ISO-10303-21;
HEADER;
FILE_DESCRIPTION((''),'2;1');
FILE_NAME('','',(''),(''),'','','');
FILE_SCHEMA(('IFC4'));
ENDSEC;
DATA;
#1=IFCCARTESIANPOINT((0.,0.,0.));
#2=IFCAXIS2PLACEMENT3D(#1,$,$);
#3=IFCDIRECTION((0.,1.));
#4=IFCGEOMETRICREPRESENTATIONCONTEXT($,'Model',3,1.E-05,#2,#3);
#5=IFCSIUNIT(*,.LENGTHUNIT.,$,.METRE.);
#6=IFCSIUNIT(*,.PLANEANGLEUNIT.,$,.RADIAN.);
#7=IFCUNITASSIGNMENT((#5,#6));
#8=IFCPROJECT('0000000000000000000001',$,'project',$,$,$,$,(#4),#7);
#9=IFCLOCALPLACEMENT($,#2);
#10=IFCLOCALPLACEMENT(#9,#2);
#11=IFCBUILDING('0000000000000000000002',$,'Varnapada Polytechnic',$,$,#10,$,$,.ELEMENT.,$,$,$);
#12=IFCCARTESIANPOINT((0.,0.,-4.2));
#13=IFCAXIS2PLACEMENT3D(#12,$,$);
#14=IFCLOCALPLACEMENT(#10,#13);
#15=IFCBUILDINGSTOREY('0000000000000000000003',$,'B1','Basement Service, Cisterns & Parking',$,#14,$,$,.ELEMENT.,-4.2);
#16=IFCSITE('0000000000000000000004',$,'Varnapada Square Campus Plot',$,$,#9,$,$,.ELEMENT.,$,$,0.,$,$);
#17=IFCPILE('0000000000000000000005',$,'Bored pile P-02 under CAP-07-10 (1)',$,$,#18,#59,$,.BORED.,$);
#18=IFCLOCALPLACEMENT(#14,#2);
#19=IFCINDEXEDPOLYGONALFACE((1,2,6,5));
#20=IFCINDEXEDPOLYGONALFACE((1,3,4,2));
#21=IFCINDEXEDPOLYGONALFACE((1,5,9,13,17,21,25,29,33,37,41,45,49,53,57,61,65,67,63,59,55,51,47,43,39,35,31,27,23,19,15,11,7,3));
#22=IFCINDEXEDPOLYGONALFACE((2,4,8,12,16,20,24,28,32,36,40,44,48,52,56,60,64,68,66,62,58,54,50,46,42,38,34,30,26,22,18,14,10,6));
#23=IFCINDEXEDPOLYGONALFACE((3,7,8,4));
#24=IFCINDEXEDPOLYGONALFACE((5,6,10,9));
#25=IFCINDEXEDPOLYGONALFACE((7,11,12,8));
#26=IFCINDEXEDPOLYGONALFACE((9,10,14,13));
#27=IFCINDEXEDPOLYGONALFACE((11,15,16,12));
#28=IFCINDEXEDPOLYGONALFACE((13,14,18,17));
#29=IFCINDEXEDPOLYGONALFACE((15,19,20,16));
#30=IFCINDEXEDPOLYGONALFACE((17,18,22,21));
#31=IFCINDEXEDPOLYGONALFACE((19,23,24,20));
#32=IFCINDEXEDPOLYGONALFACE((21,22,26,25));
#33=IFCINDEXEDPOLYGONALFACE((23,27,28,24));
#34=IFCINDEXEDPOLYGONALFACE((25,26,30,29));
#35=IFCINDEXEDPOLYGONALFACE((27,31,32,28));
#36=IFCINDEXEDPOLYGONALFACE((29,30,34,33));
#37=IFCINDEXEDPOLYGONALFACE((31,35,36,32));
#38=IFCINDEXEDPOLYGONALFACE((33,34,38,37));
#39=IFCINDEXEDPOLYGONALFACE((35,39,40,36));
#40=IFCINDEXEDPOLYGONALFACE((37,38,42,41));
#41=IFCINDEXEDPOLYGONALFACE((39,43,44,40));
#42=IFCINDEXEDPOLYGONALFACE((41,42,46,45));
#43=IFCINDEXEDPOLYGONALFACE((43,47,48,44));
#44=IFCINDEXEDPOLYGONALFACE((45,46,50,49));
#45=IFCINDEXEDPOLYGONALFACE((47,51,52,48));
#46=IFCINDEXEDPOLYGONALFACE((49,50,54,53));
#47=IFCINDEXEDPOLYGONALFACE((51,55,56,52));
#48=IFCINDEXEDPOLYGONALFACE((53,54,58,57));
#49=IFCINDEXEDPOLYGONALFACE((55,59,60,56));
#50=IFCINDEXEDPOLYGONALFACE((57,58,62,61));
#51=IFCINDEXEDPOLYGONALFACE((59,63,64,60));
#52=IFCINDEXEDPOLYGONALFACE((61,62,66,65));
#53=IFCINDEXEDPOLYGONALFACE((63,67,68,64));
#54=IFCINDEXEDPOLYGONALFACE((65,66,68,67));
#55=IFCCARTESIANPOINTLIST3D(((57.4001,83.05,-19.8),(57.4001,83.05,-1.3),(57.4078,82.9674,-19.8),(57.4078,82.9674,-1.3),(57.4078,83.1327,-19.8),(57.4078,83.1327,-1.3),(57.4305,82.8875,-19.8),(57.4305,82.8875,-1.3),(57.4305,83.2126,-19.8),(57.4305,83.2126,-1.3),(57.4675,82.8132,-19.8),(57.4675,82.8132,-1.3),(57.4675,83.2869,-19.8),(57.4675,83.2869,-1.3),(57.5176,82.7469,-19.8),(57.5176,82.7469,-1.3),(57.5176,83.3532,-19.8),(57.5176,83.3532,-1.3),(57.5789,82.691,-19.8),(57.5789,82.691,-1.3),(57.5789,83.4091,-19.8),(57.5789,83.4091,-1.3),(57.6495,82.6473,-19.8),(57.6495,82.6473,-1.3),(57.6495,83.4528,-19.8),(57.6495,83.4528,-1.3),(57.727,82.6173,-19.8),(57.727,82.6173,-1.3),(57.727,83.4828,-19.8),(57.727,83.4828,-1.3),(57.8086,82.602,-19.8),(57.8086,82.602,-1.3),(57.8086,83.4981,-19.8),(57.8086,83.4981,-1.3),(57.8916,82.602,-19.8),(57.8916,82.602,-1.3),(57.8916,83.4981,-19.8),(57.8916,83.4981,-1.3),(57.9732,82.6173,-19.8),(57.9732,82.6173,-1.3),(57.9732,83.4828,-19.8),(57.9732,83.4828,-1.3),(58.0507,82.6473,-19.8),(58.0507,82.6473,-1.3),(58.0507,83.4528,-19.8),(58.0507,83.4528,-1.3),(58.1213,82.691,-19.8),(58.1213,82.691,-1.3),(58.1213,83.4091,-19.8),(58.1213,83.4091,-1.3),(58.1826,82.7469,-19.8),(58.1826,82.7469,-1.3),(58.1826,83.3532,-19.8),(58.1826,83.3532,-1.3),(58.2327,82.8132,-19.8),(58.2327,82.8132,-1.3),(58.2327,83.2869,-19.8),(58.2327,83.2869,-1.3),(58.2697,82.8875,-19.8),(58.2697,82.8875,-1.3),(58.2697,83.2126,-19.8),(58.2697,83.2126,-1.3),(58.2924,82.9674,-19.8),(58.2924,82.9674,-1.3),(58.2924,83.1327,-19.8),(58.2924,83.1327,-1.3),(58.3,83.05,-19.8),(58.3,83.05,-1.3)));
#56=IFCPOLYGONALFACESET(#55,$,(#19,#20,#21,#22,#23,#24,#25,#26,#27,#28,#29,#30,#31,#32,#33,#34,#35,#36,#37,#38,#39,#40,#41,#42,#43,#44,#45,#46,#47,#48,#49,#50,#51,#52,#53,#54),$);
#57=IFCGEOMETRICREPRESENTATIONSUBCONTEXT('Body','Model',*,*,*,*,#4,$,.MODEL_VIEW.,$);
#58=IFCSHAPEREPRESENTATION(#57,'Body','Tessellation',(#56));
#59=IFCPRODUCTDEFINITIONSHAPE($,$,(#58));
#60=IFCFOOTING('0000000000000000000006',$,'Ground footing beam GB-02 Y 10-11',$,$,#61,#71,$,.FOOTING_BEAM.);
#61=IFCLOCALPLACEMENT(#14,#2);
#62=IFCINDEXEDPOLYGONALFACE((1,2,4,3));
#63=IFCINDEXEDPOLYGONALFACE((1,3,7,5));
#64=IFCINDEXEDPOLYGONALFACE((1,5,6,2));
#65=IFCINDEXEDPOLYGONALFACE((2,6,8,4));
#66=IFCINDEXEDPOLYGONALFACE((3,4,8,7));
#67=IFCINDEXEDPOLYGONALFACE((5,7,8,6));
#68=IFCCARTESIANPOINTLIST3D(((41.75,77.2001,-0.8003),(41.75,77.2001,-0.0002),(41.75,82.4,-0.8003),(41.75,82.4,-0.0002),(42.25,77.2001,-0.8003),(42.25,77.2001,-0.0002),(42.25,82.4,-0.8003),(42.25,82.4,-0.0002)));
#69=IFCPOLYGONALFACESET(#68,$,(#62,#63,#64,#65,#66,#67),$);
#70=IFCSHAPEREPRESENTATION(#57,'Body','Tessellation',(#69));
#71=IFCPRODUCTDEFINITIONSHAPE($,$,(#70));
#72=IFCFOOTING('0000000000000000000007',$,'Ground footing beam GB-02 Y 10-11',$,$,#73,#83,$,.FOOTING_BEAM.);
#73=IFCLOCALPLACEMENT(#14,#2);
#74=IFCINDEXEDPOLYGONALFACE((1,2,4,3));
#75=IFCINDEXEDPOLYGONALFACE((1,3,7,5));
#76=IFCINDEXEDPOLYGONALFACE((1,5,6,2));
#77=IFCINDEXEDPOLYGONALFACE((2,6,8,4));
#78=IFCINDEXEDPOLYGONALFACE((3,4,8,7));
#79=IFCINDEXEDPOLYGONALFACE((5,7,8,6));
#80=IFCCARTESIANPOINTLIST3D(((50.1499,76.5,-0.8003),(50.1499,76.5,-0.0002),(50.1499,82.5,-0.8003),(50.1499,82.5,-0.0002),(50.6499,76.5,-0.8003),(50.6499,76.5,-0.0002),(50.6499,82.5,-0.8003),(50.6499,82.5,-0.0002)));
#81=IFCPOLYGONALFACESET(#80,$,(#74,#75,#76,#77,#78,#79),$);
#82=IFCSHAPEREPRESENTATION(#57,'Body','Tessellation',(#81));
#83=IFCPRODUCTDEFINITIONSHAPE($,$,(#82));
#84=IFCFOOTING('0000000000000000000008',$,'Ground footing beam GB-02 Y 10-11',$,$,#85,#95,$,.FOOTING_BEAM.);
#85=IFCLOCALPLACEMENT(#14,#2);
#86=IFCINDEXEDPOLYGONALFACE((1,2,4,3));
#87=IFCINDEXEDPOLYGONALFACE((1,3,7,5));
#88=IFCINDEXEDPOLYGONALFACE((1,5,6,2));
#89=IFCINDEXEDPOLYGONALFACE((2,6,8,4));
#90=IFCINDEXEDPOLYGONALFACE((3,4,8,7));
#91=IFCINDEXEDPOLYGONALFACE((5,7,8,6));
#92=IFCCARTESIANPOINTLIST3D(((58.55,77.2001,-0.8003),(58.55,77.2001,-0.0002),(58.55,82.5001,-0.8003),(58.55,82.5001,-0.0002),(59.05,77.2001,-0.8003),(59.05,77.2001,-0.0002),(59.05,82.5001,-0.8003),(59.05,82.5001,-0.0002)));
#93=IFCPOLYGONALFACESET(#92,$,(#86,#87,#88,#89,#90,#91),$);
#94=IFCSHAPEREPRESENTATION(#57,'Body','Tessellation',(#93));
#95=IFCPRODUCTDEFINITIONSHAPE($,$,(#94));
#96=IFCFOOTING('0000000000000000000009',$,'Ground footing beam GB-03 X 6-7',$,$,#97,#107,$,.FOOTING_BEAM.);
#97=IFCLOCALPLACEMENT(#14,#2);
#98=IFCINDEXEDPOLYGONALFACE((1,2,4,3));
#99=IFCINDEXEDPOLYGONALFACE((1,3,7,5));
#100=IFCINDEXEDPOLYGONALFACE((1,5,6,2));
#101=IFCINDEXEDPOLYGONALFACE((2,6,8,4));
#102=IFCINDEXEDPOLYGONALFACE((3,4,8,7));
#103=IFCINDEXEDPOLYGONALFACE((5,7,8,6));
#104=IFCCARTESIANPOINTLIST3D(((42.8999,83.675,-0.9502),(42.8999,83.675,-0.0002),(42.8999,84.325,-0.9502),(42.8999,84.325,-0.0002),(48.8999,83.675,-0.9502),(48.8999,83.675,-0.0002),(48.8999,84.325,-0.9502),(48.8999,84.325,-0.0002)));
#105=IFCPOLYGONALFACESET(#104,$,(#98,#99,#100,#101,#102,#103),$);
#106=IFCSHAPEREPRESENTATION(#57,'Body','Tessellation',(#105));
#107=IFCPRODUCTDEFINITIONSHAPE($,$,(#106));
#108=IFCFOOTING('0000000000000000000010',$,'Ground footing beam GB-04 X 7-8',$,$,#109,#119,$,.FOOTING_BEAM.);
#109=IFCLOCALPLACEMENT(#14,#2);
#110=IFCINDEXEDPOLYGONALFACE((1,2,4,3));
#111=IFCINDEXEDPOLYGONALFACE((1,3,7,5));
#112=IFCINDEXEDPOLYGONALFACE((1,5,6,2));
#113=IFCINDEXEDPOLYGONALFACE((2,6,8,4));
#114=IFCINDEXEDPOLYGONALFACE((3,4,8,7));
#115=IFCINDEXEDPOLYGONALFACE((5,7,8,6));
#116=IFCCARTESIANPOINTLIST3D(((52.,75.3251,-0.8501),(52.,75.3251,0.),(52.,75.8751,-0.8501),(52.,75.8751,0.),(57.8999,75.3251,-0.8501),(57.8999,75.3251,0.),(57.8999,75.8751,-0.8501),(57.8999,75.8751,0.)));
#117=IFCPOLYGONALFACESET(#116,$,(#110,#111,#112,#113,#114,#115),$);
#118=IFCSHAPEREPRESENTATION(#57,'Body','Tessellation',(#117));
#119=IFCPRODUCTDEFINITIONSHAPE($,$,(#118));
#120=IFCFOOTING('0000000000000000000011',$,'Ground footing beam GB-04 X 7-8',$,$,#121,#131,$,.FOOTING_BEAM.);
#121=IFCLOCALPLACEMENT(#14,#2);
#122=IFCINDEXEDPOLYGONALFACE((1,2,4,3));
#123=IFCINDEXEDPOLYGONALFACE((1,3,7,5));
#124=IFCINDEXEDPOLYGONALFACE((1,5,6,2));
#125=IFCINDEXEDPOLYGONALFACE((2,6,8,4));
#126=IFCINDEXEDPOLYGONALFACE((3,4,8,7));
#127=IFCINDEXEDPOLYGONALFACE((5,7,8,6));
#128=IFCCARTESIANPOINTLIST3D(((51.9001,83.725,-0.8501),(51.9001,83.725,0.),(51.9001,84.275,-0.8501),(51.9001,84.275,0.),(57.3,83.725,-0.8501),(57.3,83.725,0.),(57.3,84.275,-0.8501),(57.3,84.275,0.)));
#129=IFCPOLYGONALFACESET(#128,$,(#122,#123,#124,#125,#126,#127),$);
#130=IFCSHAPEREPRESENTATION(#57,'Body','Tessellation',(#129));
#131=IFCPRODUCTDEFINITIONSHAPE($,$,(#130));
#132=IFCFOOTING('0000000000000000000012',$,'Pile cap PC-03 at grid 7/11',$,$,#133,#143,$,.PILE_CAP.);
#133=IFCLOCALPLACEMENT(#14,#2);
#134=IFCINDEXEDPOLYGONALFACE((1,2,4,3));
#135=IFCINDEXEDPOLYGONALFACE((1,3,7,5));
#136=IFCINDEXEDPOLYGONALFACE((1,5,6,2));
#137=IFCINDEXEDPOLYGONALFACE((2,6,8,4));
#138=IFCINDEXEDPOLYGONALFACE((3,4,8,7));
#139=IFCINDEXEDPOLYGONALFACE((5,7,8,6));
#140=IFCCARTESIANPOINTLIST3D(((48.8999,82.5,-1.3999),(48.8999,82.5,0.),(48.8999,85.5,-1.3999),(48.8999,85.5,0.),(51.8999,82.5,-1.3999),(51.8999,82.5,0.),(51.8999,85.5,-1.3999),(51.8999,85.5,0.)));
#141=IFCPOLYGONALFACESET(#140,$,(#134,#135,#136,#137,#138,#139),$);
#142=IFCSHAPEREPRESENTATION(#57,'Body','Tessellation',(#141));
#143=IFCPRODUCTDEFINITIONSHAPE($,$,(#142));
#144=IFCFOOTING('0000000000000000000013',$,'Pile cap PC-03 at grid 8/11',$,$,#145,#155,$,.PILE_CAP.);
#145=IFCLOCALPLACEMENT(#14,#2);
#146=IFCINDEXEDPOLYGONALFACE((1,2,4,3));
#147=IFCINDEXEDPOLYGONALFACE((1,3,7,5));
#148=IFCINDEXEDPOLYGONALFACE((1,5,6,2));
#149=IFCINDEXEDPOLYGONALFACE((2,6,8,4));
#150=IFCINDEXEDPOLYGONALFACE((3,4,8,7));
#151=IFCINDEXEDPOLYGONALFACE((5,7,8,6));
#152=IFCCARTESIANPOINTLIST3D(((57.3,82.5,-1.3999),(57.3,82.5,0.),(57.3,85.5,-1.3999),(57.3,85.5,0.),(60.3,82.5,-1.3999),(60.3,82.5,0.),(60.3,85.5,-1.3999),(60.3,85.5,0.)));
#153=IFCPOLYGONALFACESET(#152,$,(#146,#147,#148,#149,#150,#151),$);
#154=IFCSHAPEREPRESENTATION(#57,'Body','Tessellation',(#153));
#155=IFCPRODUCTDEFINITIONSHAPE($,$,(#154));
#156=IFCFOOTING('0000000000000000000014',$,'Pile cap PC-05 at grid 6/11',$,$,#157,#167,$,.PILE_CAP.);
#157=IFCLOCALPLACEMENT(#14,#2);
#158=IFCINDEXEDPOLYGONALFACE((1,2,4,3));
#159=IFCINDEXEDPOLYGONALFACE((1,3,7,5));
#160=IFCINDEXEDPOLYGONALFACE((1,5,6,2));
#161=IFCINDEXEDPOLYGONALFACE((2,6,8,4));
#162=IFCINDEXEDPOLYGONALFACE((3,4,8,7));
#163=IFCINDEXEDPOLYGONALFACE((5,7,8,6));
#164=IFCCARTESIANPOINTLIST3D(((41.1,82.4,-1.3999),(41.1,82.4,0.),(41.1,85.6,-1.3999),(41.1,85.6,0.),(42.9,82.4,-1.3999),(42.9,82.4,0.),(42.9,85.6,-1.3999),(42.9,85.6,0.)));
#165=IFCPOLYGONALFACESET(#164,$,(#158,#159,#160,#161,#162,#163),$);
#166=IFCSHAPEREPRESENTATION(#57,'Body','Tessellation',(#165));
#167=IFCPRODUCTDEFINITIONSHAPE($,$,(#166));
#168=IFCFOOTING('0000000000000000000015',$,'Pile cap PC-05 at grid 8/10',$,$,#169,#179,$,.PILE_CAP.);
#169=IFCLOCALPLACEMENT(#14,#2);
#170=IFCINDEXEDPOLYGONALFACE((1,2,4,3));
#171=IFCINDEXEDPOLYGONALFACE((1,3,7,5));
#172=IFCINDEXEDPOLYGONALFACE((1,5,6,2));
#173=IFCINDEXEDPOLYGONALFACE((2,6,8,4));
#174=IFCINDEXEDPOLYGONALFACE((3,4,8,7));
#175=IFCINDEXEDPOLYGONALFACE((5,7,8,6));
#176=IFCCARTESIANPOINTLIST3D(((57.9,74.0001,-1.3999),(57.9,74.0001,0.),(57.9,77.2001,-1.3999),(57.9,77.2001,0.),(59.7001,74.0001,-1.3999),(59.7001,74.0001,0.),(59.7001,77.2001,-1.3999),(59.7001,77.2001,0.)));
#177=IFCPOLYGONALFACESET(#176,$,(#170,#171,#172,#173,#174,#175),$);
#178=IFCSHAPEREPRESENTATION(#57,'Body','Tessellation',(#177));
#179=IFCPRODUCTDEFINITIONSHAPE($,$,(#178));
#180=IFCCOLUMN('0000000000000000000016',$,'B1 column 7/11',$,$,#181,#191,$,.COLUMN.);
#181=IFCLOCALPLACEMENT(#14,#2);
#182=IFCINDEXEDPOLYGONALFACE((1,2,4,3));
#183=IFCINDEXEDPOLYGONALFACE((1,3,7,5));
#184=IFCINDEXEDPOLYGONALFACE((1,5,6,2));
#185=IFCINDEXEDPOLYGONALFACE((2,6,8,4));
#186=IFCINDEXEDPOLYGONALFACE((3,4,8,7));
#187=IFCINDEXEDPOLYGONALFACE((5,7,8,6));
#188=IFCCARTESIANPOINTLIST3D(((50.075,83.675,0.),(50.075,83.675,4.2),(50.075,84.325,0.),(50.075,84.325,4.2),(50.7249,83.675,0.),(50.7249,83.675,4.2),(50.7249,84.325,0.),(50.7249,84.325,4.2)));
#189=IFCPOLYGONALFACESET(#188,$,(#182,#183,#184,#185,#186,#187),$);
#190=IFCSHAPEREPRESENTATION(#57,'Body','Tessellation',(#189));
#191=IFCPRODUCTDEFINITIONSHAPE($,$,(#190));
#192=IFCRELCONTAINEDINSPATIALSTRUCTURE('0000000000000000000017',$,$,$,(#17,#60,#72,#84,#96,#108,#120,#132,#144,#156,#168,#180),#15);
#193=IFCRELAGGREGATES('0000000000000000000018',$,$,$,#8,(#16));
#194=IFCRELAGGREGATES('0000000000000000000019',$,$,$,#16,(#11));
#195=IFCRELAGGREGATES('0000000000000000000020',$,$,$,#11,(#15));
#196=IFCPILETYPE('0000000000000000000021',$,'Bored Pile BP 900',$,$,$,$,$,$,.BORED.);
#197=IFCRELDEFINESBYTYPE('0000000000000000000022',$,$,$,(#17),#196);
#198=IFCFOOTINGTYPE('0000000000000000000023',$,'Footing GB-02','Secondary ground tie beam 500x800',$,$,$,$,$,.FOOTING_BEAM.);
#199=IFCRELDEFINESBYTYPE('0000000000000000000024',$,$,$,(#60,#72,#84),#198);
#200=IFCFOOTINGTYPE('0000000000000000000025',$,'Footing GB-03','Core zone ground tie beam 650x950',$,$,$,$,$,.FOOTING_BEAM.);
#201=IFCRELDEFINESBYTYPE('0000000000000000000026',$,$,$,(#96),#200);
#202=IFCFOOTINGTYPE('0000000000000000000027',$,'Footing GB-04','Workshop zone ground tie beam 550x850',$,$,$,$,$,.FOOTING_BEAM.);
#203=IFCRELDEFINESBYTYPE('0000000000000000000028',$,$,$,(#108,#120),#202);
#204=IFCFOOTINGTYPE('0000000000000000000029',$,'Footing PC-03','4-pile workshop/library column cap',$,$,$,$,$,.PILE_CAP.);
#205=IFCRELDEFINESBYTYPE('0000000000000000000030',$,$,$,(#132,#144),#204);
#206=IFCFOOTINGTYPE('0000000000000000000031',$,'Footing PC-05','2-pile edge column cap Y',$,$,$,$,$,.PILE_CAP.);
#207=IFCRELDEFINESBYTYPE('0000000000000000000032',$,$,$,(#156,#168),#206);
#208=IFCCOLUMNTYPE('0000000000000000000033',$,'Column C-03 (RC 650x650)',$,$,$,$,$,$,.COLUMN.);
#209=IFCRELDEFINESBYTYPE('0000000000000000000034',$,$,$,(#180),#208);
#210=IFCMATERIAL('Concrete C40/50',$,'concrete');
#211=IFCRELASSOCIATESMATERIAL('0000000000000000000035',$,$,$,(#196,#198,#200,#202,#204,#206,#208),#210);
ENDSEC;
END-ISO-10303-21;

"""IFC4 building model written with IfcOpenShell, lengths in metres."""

from ifc_helpers import new_model, si_unit, direction, frame, origin, origin_2d, place, context, subcontext, project, spatial, rectangle, circle, extrude, material, material_profile, profile_set, type_object, element, save


model = new_model("IFC4")

# Units and contexts
model_context = context("Model", 3, precision=1e-05, world=origin(), true_north=direction((0.0, 1.0)))
body_context = subcontext(model_context, "Body", "Model", "MODEL_VIEW")
ifc_project = project(units=[si_unit("LENGTHUNIT", "METRE"), si_unit("PLANEANGLEUNIT", "RADIAN")], contexts=[model_context])

# Site, building, storey
site_placement = place(None, origin())
site = spatial("IfcSite", under=ifc_project, at=site_placement, Name="Varnapada Square Campus Plot", CompositionType="ELEMENT", RefElevation=0.0)
building_placement = place(site_placement, origin())
building = spatial("IfcBuilding", under=site, at=building_placement, Name="Varnapada Polytechnic", CompositionType="ELEMENT")
storey_placement = place(building_placement, frame((0.0, 0.0, -4.2)))
storey = spatial("IfcBuildingStorey", under=building, at=storey_placement, Name="B1", Description="Basement Service, Cisterns & Parking", CompositionType="ELEMENT", Elevation=-4.2)

# Pile
ifc_material = material(Name="Concrete C40/50", Category="concrete")
ifc_material_profile_1 = material_profile(ifc_material, circle(Radius=0.45, at=origin_2d()), Name="BP 900")
ifc_profile_set_1 = profile_set([ifc_material_profile_1], Name="Concrete C40/50")
pile_type_1 = type_object("IfcPileType", Name="Bored Pile BP 900", PredefinedType="BORED", material=ifc_profile_set_1)
for number, where, z_axis, x_axis, name in (
    (1, (57.8501, 83.05, -1.3), (0.0, 0.0, -1.0), (1.0, 0.0, 0.0), "Bored pile P-02 under CAP-07-10 (1)"),
):
    element("IfcPile", number, at=place(storey_placement, frame(where, z_axis=z_axis, x_axis=x_axis)), inside=storey, type_object=pile_type_1, Name=name, PredefinedType="BORED", context=body_context, shape_type="SweptSolid", body=[
        extrude(circle(Radius=0.45, at=origin_2d()), origin(), (0.0, 0.0, 1.0), 18.5),
    ])

# Footings
footing_type_1 = type_object("IfcFootingType", Name="Footing GB-02", Description="Secondary ground tie beam 500x800", PredefinedType="FOOTING_BEAM", material=ifc_material)
footing_1_placement = place(storey_placement, frame((42.0, 79.8, -0.8003), z_axis=(0.0, 0.0, 1.0), x_axis=(0.0, 1.0, 0.0)))
element("IfcFooting", 2, at=footing_1_placement, inside=storey, type_object=footing_type_1, Name="Ground footing beam GB-02 Y 10-11", PredefinedType="FOOTING_BEAM", context=body_context, shape_type="SweptSolid", body=[
    extrude(rectangle(XDim=5.2, YDim=0.5, at=origin_2d()), origin(), (0.0, 0.0, 1.0), 0.8),
])
footing_2_placement = place(storey_placement, frame((50.3999, 79.5, -0.8003), z_axis=(0.0, 0.0, 1.0), x_axis=(0.0, 1.0, 0.0)))
element("IfcFooting", 3, at=footing_2_placement, inside=storey, type_object=footing_type_1, Name="Ground footing beam GB-02 Y 10-11", PredefinedType="FOOTING_BEAM", context=body_context, shape_type="SweptSolid", body=[
    extrude(rectangle(XDim=6.0, YDim=0.5, at=origin_2d()), origin(), (0.0, 0.0, 1.0), 0.8),
])
footing_3_placement = place(storey_placement, frame((58.8, 79.8501, -0.8003), z_axis=(0.0, 0.0, 1.0), x_axis=(0.0, 1.0, 0.0)))
element("IfcFooting", 4, at=footing_3_placement, inside=storey, type_object=footing_type_1, Name="Ground footing beam GB-02 Y 10-11", PredefinedType="FOOTING_BEAM", context=body_context, shape_type="SweptSolid", body=[
    extrude(rectangle(XDim=5.3, YDim=0.5, at=origin_2d()), origin(), (0.0, 0.0, 1.0), 0.8),
])
footing_type_2 = type_object("IfcFootingType", Name="Footing GB-03", Description="Core zone ground tie beam 650x950", PredefinedType="FOOTING_BEAM", material=ifc_material)
footing_4_placement = place(storey_placement, frame((45.8999, 84.0, -0.9502), z_axis=(0.0, 0.0, 1.0), x_axis=(1.0, 0.0, 0.0)))
element("IfcFooting", 5, at=footing_4_placement, inside=storey, type_object=footing_type_2, Name="Ground footing beam GB-03 X 6-7", PredefinedType="FOOTING_BEAM", context=body_context, shape_type="SweptSolid", body=[
    extrude(rectangle(XDim=6.0, YDim=0.6499, at=origin_2d()), origin(), (0.0, 0.0, 1.0), 0.95),
])
footing_type_3 = type_object("IfcFootingType", Name="Footing GB-04", Description="Workshop zone ground tie beam 550x850", PredefinedType="FOOTING_BEAM", material=ifc_material)
footing_5_placement = place(storey_placement, frame((54.95, 75.6001, -0.8501), z_axis=(0.0, 0.0, 1.0), x_axis=(1.0, 0.0, 0.0)))
element("IfcFooting", 6, at=footing_5_placement, inside=storey, type_object=footing_type_3, Name="Ground footing beam GB-04 X 7-8", PredefinedType="FOOTING_BEAM", context=body_context, shape_type="SweptSolid", body=[
    extrude(rectangle(XDim=5.8999, YDim=0.55, at=origin_2d()), origin(), (0.0, 0.0, 1.0), 0.8501),
])
footing_6_placement = place(storey_placement, frame((54.6001, 84.0, -0.8501), z_axis=(0.0, 0.0, 1.0), x_axis=(1.0, 0.0, 0.0)))
element("IfcFooting", 7, at=footing_6_placement, inside=storey, type_object=footing_type_3, Name="Ground footing beam GB-04 X 7-8", PredefinedType="FOOTING_BEAM", context=body_context, shape_type="SweptSolid", body=[
    extrude(rectangle(XDim=5.3999, YDim=0.55, at=origin_2d()), origin(), (0.0, 0.0, 1.0), 0.8501),
])
footing_type_4 = type_object("IfcFootingType", Name="Footing PC-03", Description="4-pile workshop/library column cap", PredefinedType="PILE_CAP", material=ifc_material)
for number, where, z_axis, x_axis, name in (
    (8, (50.3999, 84.0, -1.3999), (0.0, 0.0, 1.0), (1.0, 0.0, 0.0), "Pile cap PC-03 at grid 7/11"),
    (9, (58.8, 84.0, -1.3999), (0.0, 0.0, 1.0), (1.0, 0.0, 0.0), "Pile cap PC-03 at grid 8/11"),
):
    element("IfcFooting", number, at=place(storey_placement, frame(where, z_axis=z_axis, x_axis=x_axis)), inside=storey, type_object=footing_type_4, Name=name, PredefinedType="PILE_CAP", context=body_context, shape_type="SweptSolid", body=[
        extrude(rectangle(XDim=3.0, YDim=3.0, at=origin_2d()), origin(), (0.0, 0.0, 1.0), 1.3999),
    ])
footing_type_5 = type_object("IfcFootingType", Name="Footing PC-05", Description="2-pile edge column cap Y", PredefinedType="PILE_CAP", material=ifc_material)
for number, where, z_axis, x_axis, name in (
    (10, (42.0, 84.0, -1.3999), (0.0, 0.0, 1.0), (1.0, 0.0, 0.0), "Pile cap PC-05 at grid 6/11"),
    (11, (58.8, 75.6001, -1.3999), (0.0, 0.0, 1.0), (1.0, 0.0, 0.0), "Pile cap PC-05 at grid 8/10"),
):
    element("IfcFooting", number, at=place(storey_placement, frame(where, z_axis=z_axis, x_axis=x_axis)), inside=storey, type_object=footing_type_5, Name=name, PredefinedType="PILE_CAP", context=body_context, shape_type="SweptSolid", body=[
        extrude(rectangle(XDim=1.8, YDim=3.2, at=origin_2d()), origin(), (0.0, 0.0, 1.0), 1.3999),
    ])

# Column
ifc_material_profile_2 = material_profile(ifc_material, rectangle(XDim=0.6499, YDim=0.6499, at=origin_2d()), Name="RC 650x650")
ifc_profile_set_2 = profile_set([ifc_material_profile_2], Name="Concrete C40/50")
column_type_1 = type_object("IfcColumnType", Name="Column C-03 (RC 650x650)", PredefinedType="COLUMN", material=ifc_profile_set_2)
for number, where, z_axis, x_axis, name in (
    (12, (50.3999, 84.0, 0.0), (0.0, 0.0, 1.0), (1.0, 0.0, 0.0), "B1 column 7/11"),
):
    element("IfcColumn", number, at=place(storey_placement, frame(where, z_axis=z_axis, x_axis=x_axis)), inside=storey, type_object=column_type_1, Name=name, PredefinedType="COLUMN", context=body_context, shape_type="SweptSolid", body=[
        extrude(rectangle(XDim=0.6499, YDim=0.6499, at=origin_2d()), origin(), (0.0, 0.0, 1.0), 4.2),
    ])

save(model, "model.ifc")
